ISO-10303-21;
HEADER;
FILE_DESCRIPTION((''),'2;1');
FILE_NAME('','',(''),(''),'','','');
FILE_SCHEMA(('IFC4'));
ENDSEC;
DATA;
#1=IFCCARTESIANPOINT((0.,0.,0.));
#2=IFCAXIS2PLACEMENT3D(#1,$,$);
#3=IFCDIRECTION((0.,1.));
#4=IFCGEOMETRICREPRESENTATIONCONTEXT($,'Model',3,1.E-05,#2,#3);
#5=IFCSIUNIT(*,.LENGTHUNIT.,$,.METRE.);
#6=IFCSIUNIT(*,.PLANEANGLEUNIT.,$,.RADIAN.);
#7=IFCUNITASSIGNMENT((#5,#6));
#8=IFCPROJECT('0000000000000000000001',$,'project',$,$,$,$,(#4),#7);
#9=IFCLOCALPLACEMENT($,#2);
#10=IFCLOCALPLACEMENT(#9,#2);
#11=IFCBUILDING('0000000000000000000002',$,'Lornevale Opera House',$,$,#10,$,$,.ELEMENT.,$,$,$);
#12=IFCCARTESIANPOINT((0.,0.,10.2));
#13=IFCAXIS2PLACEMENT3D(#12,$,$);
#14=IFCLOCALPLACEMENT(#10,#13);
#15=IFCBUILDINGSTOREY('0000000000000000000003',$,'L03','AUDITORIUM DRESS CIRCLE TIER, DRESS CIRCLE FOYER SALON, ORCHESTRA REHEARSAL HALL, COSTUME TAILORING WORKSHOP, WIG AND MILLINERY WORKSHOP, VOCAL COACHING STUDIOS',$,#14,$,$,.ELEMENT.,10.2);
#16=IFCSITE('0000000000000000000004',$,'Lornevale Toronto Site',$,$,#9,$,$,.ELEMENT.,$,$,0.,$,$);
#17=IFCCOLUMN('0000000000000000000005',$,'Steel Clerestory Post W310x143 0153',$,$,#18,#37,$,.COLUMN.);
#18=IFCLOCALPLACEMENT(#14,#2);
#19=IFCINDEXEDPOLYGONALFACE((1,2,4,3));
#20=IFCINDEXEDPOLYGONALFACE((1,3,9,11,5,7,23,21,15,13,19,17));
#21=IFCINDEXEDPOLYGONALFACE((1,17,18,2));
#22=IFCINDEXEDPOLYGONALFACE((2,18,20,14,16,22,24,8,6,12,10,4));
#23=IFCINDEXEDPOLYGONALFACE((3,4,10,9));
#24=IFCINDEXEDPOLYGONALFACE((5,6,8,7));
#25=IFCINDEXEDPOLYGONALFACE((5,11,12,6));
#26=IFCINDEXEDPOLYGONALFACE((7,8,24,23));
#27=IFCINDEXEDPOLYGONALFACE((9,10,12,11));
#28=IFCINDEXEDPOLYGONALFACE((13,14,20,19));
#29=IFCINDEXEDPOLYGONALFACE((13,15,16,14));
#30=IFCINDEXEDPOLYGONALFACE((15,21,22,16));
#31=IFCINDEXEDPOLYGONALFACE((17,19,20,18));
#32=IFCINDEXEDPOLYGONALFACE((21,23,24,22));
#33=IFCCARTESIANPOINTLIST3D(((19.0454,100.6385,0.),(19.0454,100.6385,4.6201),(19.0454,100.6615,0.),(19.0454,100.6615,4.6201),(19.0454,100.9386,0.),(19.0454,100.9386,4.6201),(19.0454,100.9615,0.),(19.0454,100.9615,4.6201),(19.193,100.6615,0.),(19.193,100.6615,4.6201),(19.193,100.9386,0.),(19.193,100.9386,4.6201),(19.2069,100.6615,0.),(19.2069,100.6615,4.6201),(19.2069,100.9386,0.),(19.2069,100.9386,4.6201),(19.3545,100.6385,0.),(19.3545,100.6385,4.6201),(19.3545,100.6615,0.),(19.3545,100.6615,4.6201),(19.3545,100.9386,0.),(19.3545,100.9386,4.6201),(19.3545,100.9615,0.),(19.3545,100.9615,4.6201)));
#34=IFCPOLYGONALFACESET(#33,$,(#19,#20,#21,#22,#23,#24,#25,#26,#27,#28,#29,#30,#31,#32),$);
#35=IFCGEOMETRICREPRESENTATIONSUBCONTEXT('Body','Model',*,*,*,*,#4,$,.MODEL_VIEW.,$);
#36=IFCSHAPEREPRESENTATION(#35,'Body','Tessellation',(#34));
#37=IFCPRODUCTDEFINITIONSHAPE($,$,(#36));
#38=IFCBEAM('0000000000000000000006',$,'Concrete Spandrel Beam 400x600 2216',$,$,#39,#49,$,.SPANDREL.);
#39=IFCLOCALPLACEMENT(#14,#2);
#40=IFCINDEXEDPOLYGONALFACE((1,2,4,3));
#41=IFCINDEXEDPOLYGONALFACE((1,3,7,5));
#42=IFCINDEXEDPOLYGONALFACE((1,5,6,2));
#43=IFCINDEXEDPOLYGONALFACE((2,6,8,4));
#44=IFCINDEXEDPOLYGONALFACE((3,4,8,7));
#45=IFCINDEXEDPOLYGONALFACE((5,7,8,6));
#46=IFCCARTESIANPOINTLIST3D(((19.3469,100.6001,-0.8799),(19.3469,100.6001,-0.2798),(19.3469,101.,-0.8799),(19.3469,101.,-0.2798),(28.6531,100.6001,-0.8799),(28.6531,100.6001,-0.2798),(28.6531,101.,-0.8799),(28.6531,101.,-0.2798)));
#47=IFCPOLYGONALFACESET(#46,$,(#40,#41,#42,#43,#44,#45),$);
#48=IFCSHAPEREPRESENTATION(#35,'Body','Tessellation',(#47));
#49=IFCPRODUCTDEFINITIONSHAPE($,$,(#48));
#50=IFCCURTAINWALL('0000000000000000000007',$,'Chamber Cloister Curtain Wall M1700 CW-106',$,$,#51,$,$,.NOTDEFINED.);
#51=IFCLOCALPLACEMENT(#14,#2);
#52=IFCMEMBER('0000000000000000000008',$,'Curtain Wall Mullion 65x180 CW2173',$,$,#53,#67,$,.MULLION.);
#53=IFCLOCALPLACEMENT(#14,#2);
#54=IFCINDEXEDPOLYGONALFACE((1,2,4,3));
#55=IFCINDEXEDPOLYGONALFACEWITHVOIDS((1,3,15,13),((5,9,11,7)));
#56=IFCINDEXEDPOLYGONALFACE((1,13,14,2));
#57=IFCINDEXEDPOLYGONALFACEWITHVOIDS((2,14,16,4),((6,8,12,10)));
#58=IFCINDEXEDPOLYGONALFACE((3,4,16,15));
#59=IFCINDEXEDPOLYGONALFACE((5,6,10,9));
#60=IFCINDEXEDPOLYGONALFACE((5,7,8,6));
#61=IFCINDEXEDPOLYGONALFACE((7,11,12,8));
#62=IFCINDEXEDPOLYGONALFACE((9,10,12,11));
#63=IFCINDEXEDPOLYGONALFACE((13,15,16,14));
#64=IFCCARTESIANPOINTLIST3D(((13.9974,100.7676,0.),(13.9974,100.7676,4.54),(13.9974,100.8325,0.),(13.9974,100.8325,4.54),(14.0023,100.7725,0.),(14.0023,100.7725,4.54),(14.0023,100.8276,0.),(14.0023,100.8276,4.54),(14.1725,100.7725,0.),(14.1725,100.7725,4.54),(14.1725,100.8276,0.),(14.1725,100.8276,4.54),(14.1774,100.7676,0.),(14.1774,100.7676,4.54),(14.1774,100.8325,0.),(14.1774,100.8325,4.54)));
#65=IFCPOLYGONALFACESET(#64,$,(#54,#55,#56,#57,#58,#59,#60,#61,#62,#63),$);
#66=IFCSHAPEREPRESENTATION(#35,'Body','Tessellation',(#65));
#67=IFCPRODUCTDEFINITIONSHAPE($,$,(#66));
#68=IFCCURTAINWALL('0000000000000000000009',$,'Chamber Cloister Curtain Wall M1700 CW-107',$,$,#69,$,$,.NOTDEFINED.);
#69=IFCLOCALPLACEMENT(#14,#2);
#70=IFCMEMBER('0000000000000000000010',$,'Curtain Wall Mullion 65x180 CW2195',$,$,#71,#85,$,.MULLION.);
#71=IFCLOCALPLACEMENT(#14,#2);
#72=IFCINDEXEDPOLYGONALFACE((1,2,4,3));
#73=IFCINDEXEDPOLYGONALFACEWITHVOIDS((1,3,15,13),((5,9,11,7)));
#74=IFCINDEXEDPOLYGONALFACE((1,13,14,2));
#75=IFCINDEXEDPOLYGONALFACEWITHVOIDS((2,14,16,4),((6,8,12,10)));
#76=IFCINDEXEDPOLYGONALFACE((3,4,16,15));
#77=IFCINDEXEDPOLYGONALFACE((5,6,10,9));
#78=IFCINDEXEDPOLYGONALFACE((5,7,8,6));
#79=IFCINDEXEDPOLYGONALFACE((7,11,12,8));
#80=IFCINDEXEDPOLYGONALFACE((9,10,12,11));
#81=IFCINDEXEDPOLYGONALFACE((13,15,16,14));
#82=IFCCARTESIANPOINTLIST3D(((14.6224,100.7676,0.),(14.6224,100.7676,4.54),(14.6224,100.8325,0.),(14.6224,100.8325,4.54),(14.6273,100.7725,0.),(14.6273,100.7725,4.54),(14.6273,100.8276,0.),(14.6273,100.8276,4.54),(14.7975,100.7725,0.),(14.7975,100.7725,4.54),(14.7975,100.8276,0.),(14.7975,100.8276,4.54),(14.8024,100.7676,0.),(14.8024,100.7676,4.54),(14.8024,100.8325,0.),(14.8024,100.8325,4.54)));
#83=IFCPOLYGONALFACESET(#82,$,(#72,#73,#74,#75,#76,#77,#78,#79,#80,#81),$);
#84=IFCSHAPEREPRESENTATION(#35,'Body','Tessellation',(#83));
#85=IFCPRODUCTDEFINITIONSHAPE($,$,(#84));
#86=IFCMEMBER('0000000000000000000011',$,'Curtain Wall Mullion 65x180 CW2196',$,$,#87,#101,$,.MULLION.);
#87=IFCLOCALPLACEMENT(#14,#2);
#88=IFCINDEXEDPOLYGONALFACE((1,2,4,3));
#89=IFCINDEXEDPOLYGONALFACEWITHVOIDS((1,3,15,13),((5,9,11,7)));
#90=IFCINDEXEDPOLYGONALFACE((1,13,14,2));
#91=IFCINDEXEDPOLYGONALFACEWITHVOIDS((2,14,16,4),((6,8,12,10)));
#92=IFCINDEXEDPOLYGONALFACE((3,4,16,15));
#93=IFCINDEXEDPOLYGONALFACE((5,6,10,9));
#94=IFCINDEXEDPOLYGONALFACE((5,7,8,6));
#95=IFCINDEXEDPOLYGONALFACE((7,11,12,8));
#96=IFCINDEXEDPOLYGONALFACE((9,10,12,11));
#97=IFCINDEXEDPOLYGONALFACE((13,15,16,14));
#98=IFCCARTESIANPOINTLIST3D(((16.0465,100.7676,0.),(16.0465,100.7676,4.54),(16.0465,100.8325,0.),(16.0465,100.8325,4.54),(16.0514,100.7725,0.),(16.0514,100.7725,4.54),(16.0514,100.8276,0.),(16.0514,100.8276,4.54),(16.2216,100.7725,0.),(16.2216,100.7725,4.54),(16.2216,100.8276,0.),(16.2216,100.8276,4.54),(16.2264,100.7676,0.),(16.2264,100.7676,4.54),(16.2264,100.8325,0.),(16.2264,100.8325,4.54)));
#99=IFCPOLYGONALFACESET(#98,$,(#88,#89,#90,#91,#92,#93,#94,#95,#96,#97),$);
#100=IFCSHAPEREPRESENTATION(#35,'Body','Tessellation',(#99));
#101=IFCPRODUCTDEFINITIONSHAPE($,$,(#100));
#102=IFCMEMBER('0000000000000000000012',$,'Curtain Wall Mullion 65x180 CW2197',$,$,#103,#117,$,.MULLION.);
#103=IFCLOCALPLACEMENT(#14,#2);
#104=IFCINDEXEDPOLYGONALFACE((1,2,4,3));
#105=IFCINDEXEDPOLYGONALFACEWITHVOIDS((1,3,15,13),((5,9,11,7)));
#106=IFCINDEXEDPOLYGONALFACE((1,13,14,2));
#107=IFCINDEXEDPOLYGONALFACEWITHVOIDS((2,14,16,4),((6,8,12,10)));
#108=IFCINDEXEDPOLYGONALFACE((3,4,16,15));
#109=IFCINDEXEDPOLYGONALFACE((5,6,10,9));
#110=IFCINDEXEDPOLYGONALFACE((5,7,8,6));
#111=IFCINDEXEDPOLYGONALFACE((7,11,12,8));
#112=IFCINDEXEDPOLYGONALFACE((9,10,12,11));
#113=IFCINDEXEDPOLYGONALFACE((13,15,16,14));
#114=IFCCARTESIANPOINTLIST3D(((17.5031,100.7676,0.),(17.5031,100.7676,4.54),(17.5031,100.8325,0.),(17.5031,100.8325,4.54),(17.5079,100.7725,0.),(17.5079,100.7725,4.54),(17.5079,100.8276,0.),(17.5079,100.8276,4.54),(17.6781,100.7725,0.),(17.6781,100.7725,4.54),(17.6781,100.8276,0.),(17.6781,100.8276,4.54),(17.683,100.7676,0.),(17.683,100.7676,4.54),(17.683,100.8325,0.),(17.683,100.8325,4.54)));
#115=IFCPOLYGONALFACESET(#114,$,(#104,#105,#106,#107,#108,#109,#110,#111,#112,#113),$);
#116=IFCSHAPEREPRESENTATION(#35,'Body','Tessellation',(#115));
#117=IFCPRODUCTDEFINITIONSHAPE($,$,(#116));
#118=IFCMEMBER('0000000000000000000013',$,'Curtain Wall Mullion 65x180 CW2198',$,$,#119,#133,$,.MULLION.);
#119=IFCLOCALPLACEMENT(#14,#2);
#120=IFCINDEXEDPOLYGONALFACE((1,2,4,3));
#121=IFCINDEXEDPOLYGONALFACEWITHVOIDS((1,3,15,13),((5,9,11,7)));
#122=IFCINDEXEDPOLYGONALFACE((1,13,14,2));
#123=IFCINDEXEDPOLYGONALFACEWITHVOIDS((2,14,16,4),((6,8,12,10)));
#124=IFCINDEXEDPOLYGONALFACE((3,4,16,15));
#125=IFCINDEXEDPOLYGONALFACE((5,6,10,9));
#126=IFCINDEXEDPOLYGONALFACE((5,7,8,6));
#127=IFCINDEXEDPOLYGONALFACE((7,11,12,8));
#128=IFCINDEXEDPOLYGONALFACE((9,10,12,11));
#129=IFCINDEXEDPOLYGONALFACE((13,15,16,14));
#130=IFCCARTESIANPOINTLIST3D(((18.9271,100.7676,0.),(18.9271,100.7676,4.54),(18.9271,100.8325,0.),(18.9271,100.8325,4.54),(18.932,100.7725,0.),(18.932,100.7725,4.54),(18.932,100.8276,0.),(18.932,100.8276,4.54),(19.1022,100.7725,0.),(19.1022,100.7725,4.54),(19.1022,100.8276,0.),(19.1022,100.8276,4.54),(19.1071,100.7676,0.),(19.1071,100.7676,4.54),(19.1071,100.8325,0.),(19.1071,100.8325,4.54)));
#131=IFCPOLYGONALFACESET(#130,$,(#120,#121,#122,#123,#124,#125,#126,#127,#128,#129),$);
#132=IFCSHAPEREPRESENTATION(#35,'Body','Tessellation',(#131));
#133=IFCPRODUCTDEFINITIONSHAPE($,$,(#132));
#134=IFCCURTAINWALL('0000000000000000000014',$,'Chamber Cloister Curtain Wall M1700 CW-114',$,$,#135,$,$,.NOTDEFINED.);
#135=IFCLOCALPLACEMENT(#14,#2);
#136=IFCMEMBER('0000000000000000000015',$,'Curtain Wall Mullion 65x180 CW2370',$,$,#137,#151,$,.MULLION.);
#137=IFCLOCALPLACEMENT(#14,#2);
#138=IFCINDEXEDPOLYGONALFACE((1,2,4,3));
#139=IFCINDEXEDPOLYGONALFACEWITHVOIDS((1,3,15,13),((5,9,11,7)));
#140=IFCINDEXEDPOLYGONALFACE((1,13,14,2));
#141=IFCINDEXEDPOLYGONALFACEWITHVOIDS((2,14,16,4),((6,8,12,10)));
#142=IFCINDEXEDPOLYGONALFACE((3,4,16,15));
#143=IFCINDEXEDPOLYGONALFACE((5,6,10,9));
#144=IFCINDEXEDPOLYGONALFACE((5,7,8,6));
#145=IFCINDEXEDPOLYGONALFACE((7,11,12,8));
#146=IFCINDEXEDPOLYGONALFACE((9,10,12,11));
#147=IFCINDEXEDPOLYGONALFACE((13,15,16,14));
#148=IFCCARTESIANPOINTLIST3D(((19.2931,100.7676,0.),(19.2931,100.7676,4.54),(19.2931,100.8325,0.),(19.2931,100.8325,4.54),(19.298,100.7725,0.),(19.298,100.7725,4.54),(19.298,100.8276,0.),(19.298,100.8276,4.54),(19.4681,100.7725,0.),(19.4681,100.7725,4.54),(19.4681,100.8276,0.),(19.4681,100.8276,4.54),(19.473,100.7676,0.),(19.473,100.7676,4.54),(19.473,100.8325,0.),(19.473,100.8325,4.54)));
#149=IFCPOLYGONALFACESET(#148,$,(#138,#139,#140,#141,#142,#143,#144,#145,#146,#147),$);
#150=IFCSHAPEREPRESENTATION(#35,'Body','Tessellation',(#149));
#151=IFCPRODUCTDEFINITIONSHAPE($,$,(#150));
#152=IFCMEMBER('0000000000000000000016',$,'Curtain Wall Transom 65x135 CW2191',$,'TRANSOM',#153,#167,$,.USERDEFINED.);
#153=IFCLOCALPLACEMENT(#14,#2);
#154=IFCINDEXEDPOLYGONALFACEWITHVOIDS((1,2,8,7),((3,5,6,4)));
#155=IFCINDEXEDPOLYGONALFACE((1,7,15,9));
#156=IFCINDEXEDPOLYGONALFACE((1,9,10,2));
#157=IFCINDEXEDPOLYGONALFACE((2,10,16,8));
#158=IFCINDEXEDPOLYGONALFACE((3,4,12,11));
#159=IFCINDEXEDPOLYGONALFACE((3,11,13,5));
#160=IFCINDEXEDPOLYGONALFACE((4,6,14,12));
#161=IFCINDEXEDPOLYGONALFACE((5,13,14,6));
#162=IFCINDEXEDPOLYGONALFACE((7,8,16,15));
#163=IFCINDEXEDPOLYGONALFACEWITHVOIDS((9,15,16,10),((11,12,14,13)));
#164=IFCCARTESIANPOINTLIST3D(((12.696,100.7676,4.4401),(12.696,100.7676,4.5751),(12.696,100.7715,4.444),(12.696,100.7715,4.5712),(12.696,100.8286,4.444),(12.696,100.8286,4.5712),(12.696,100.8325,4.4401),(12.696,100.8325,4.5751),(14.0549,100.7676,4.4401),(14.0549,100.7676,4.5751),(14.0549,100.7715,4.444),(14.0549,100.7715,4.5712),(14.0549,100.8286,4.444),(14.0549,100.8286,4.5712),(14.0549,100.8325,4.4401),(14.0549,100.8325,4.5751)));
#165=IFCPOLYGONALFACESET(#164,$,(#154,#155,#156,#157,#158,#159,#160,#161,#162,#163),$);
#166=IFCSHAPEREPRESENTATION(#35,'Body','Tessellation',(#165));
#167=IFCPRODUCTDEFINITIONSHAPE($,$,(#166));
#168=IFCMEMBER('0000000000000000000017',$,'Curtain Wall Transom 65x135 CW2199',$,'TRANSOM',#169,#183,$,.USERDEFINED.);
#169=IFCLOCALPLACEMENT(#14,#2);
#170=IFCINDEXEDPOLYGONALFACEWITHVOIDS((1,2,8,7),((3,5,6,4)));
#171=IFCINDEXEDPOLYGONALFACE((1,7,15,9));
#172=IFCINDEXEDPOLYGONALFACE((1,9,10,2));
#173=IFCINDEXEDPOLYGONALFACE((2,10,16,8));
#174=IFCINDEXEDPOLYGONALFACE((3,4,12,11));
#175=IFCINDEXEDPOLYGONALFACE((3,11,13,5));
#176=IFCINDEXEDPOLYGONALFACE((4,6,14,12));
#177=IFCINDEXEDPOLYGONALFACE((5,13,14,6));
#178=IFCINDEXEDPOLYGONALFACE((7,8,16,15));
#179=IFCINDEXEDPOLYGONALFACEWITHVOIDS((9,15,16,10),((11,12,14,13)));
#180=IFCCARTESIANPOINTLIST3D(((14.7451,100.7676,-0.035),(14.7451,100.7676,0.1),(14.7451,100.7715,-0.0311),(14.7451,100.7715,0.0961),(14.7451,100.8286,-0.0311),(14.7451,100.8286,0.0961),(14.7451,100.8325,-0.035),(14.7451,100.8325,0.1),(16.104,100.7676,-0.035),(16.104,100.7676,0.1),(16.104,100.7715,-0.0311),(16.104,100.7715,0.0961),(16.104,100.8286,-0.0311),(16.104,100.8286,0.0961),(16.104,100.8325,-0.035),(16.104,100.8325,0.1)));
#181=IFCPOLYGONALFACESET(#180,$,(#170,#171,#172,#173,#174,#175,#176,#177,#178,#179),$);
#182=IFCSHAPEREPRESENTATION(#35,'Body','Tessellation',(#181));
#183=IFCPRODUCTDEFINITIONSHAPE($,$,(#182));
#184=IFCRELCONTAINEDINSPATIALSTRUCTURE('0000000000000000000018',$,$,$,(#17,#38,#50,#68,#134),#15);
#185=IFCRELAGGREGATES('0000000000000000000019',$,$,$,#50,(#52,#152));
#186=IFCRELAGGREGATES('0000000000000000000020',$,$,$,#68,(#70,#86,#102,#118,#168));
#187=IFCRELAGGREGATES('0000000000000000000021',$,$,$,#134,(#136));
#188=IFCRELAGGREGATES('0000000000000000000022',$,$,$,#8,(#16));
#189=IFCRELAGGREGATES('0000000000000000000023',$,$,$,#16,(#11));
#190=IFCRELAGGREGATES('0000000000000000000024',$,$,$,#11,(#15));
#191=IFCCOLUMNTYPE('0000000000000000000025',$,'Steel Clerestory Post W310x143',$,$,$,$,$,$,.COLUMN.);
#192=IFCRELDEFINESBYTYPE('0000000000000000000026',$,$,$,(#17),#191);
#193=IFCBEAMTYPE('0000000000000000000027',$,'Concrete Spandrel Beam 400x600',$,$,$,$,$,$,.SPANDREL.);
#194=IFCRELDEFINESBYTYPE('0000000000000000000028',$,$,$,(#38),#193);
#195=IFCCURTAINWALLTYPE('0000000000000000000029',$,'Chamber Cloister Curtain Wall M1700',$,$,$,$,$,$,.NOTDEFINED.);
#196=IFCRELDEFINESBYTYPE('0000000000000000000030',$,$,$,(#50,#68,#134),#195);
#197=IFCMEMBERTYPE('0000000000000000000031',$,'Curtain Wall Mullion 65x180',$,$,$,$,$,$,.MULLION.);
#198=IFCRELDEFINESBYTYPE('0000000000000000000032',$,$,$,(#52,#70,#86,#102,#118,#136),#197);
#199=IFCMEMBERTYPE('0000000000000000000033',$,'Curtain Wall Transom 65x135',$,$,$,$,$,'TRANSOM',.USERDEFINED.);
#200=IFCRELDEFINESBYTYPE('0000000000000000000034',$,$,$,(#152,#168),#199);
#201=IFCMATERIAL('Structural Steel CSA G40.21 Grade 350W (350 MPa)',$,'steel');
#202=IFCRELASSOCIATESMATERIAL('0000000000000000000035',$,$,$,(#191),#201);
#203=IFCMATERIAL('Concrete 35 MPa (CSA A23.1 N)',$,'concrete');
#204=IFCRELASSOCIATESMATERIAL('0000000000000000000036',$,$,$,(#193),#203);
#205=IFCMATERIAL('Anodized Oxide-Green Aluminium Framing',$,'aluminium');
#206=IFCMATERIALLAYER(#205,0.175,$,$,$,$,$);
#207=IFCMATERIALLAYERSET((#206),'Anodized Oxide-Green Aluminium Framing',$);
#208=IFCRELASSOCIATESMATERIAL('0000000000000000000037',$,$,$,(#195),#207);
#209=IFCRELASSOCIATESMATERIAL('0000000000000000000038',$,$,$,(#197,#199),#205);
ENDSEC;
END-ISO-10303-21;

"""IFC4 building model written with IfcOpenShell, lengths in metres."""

from ifc_helpers import new_model, si_unit, direction, frame, origin, origin_2d, place, context, subcontext, project, spatial, rectangle, hollow_rectangle, i_section, extrude, material, layer, layer_set, material_profile, profile_set, type_object, element, aggregate, save


model = new_model("IFC4")

# Units and contexts
model_context = context("Model", 3, precision=1e-05, world=origin(), true_north=direction((0.0, 1.0)))
body_context = subcontext(model_context, "Body", "Model", "MODEL_VIEW")
ifc_project = project(units=[si_unit("LENGTHUNIT", "METRE"), si_unit("PLANEANGLEUNIT", "RADIAN")], contexts=[model_context])

# Site, building, storey
site_placement = place(None, origin())
site = spatial("IfcSite", under=ifc_project, at=site_placement, Name="Lornevale Toronto Site", CompositionType="ELEMENT", RefElevation=0.0)
building_placement = place(site_placement, origin())
building = spatial("IfcBuilding", under=site, at=building_placement, Name="Lornevale Opera House", CompositionType="ELEMENT")
storey_placement = place(building_placement, frame((0.0, 0.0, 10.2)))
storey = spatial("IfcBuildingStorey", under=building, at=storey_placement, Name="L03", Description="AUDITORIUM DRESS CIRCLE TIER, DRESS CIRCLE FOYER SALON, ORCHESTRA REHEARSAL HALL, COSTUME TAILORING WORKSHOP, WIG AND MILLINERY WORKSHOP, VOCAL COACHING STUDIOS", CompositionType="ELEMENT", Elevation=10.2)

# Column
ifc_material_1 = material(Name="Structural Steel CSA G40.21 Grade 350W (350 MPa)", Category="steel")
ifc_material_profile_1 = material_profile(ifc_material_1, i_section(OverallWidth=0.3091, OverallDepth=0.323, WebThickness=0.0139, FlangeThickness=0.0229, at=origin_2d()), Name="W310x143")
ifc_profile_set_1 = profile_set([ifc_material_profile_1], Name="Structural Steel CSA G40.21 Grade 350W (350 MPa)")
column_type = type_object("IfcColumnType", Name="Steel Clerestory Post W310x143", PredefinedType="COLUMN", material=ifc_profile_set_1)
column_placement = place(storey_placement, frame((19.2, 100.8, 0.0), z_axis=(0.0, 0.0, 1.0), x_axis=(1.0, 0.0, 0.0)))
element("IfcColumn", 1, at=column_placement, inside=storey, type_object=column_type, Name="Steel Clerestory Post W310x143 0153", PredefinedType="COLUMN", context=body_context, shape_type="SweptSolid", body=[
    extrude(i_section(OverallWidth=0.3091, OverallDepth=0.323, WebThickness=0.0139, FlangeThickness=0.0229, at=origin_2d()), origin(), (0.0, 0.0, 1.0), 4.6201),
])

# Beam
ifc_material_2 = material(Name="Concrete 35 MPa (CSA A23.1 N)", Category="concrete")
ifc_material_profile_2 = material_profile(ifc_material_2, rectangle(XDim=0.3999, YDim=0.6001, at=origin_2d()), Name="RC400x600")
ifc_profile_set_2 = profile_set([ifc_material_profile_2], Name="Concrete 35 MPa (CSA A23.1 N)")
beam_type = type_object("IfcBeamType", Name="Concrete Spandrel Beam 400x600", PredefinedType="SPANDREL", material=ifc_profile_set_2)
beam_placement = place(storey_placement, frame((19.3469, 100.8, -0.5798), z_axis=(1.0, 0.0, 0.0), x_axis=(0.0, 1.0, 0.0)))
element("IfcBeam", 2, at=beam_placement, inside=storey, type_object=beam_type, Name="Concrete Spandrel Beam 400x600 2216", PredefinedType="SPANDREL", context=body_context, shape_type="SweptSolid", body=[
    extrude(rectangle(XDim=0.3999, YDim=0.6001, at=origin_2d()), origin(), (0.0, 0.0, 1.0), 9.3062),
])

# Curtain wall, member
ifc_material_3 = material(Name="Anodized Oxide-Green Aluminium Framing", Category="aluminium")
ifc_layer_1 = layer(ifc_material_3, 0.175)
ifc_layer_set_1 = layer_set([ifc_layer_1], Name="Anodized Oxide-Green Aluminium Framing")
curtain_wall_type = type_object("IfcCurtainWallType", Name="Chamber Cloister Curtain Wall M1700", PredefinedType="NOTDEFINED", material=ifc_layer_set_1)
curtain_wall_1_placement = place(storey_placement, origin())
curtain_wall_1 = element("IfcCurtainWall", 3, at=curtain_wall_1_placement, inside=storey, type_object=curtain_wall_type, Name="Chamber Cloister Curtain Wall M1700 CW-106", PredefinedType="NOTDEFINED")
ifc_material_profile_3 = material_profile(ifc_material_3, hollow_rectangle(XDim=0.0649, YDim=0.1799, WallThickness=0.0049, at=origin_2d()), Name="ALU65x180x5")
ifc_profile_set_3 = profile_set([ifc_material_profile_3], Name="Anodized Oxide-Green Aluminium Framing")
member_type_1 = type_object("IfcMemberType", Name="Curtain Wall Mullion 65x180", PredefinedType="MULLION", material=ifc_profile_set_3)
member_1_placement = place(storey_placement, frame((14.0874, 100.8, 0.0), z_axis=(0.0, 0.0, 1.0), x_axis=(0.0, 1.0, 0.0)))
member_1 = element("IfcMember", 4, at=member_1_placement, type_object=member_type_1, Name="Curtain Wall Mullion 65x180 CW2173", PredefinedType="MULLION", context=body_context, shape_type="SweptSolid", body=[
    extrude(hollow_rectangle(XDim=0.0649, YDim=0.1799, WallThickness=0.0049, at=origin_2d()), origin(), (0.0, 0.0, 1.0), 4.54),
])

# Curtain wall, members
curtain_wall_2_placement = place(storey_placement, origin())
curtain_wall_2 = element("IfcCurtainWall", 5, at=curtain_wall_2_placement, inside=storey, type_object=curtain_wall_type, Name="Chamber Cloister Curtain Wall M1700 CW-107", PredefinedType="NOTDEFINED")
member_2_placement = place(storey_placement, frame((14.7124, 100.8, 0.0), z_axis=(0.0, 0.0, 1.0), x_axis=(0.0, 1.0, 0.0)))
member_2 = element("IfcMember", 6, at=member_2_placement, type_object=member_type_1, Name="Curtain Wall Mullion 65x180 CW2195", PredefinedType="MULLION", context=body_context, shape_type="SweptSolid", body=[
    extrude(hollow_rectangle(XDim=0.0649, YDim=0.1799, WallThickness=0.0049, at=origin_2d()), origin(), (0.0, 0.0, 1.0), 4.54),
])
member_3_placement = place(storey_placement, frame((16.1365, 100.8, 0.0), z_axis=(0.0, 0.0, 1.0), x_axis=(0.0, 1.0, 0.0)))
member_3 = element("IfcMember", 7, at=member_3_placement, type_object=member_type_1, Name="Curtain Wall Mullion 65x180 CW2196", PredefinedType="MULLION", context=body_context, shape_type="SweptSolid", body=[
    extrude(hollow_rectangle(XDim=0.0649, YDim=0.1799, WallThickness=0.0049, at=origin_2d()), origin(), (0.0, 0.0, 1.0), 4.54),
])
member_4_placement = place(storey_placement, frame((17.593, 100.8, 0.0), z_axis=(0.0, 0.0, 1.0), x_axis=(0.0, 1.0, 0.0)))
member_4 = element("IfcMember", 8, at=member_4_placement, type_object=member_type_1, Name="Curtain Wall Mullion 65x180 CW2197", PredefinedType="MULLION", context=body_context, shape_type="SweptSolid", body=[
    extrude(hollow_rectangle(XDim=0.0649, YDim=0.1799, WallThickness=0.0049, at=origin_2d()), origin(), (0.0, 0.0, 1.0), 4.54),
])
member_5_placement = place(storey_placement, frame((19.0171, 100.8, 0.0), z_axis=(0.0, 0.0, 1.0), x_axis=(0.0, 1.0, 0.0)))
member_5 = element("IfcMember", 9, at=member_5_placement, type_object=member_type_1, Name="Curtain Wall Mullion 65x180 CW2198", PredefinedType="MULLION", context=body_context, shape_type="SweptSolid", body=[
    extrude(hollow_rectangle(XDim=0.0649, YDim=0.1799, WallThickness=0.0049, at=origin_2d()), origin(), (0.0, 0.0, 1.0), 4.54),
])

# Curtain wall, member
curtain_wall_3_placement = place(storey_placement, origin())
curtain_wall_3 = element("IfcCurtainWall", 10, at=curtain_wall_3_placement, inside=storey, type_object=curtain_wall_type, Name="Chamber Cloister Curtain Wall M1700 CW-114", PredefinedType="NOTDEFINED")
member_6_placement = place(storey_placement, frame((19.3831, 100.8, 0.0), z_axis=(0.0, 0.0, 1.0), x_axis=(0.0, 1.0, 0.0)))
member_6 = element("IfcMember", 11, at=member_6_placement, type_object=member_type_1, Name="Curtain Wall Mullion 65x180 CW2370", PredefinedType="MULLION", context=body_context, shape_type="SweptSolid", body=[
    extrude(hollow_rectangle(XDim=0.0649, YDim=0.1799, WallThickness=0.0049, at=origin_2d()), origin(), (0.0, 0.0, 1.0), 4.54),
])

# Members
ifc_material_profile_4 = material_profile(ifc_material_3, hollow_rectangle(XDim=0.0649, YDim=0.135, WallThickness=0.0039, at=origin_2d()), Name="ALU65x135x4")
ifc_profile_set_4 = profile_set([ifc_material_profile_4], Name="Anodized Oxide-Green Aluminium Framing")
member_type_2 = type_object("IfcMemberType", Name="Curtain Wall Transom 65x135", ElementType="TRANSOM", PredefinedType="USERDEFINED", material=ifc_profile_set_4)
member_7_placement = place(storey_placement, frame((12.696, 100.8, 4.5076), z_axis=(1.0, 0.0, 0.0), x_axis=(0.0, 1.0, 0.0)))
member_7 = element("IfcMember", 12, at=member_7_placement, type_object=member_type_2, Name="Curtain Wall Transom 65x135 CW2191", ObjectType="TRANSOM", PredefinedType="USERDEFINED", context=body_context, shape_type="SweptSolid", body=[
    extrude(hollow_rectangle(XDim=0.0649, YDim=0.135, WallThickness=0.0039, at=origin_2d()), origin(), (0.0, 0.0, 1.0), 1.3589),
])
member_8_placement = place(storey_placement, frame((14.7451, 100.8, 0.0325), z_axis=(1.0, 0.0, 0.0), x_axis=(0.0, 1.0, 0.0)))
member_8 = element("IfcMember", 13, at=member_8_placement, type_object=member_type_2, Name="Curtain Wall Transom 65x135 CW2199", ObjectType="TRANSOM", PredefinedType="USERDEFINED", context=body_context, shape_type="SweptSolid", body=[
    extrude(hollow_rectangle(XDim=0.0649, YDim=0.135, WallThickness=0.0039, at=origin_2d()), origin(), (0.0, 0.0, 1.0), 1.3589),
])

aggregate(curtain_wall_1, [member_1, member_7])
aggregate(curtain_wall_2, [member_2, member_3, member_4, member_5, member_8])
aggregate(curtain_wall_3, [member_6])

save(model, "model.ifc")
